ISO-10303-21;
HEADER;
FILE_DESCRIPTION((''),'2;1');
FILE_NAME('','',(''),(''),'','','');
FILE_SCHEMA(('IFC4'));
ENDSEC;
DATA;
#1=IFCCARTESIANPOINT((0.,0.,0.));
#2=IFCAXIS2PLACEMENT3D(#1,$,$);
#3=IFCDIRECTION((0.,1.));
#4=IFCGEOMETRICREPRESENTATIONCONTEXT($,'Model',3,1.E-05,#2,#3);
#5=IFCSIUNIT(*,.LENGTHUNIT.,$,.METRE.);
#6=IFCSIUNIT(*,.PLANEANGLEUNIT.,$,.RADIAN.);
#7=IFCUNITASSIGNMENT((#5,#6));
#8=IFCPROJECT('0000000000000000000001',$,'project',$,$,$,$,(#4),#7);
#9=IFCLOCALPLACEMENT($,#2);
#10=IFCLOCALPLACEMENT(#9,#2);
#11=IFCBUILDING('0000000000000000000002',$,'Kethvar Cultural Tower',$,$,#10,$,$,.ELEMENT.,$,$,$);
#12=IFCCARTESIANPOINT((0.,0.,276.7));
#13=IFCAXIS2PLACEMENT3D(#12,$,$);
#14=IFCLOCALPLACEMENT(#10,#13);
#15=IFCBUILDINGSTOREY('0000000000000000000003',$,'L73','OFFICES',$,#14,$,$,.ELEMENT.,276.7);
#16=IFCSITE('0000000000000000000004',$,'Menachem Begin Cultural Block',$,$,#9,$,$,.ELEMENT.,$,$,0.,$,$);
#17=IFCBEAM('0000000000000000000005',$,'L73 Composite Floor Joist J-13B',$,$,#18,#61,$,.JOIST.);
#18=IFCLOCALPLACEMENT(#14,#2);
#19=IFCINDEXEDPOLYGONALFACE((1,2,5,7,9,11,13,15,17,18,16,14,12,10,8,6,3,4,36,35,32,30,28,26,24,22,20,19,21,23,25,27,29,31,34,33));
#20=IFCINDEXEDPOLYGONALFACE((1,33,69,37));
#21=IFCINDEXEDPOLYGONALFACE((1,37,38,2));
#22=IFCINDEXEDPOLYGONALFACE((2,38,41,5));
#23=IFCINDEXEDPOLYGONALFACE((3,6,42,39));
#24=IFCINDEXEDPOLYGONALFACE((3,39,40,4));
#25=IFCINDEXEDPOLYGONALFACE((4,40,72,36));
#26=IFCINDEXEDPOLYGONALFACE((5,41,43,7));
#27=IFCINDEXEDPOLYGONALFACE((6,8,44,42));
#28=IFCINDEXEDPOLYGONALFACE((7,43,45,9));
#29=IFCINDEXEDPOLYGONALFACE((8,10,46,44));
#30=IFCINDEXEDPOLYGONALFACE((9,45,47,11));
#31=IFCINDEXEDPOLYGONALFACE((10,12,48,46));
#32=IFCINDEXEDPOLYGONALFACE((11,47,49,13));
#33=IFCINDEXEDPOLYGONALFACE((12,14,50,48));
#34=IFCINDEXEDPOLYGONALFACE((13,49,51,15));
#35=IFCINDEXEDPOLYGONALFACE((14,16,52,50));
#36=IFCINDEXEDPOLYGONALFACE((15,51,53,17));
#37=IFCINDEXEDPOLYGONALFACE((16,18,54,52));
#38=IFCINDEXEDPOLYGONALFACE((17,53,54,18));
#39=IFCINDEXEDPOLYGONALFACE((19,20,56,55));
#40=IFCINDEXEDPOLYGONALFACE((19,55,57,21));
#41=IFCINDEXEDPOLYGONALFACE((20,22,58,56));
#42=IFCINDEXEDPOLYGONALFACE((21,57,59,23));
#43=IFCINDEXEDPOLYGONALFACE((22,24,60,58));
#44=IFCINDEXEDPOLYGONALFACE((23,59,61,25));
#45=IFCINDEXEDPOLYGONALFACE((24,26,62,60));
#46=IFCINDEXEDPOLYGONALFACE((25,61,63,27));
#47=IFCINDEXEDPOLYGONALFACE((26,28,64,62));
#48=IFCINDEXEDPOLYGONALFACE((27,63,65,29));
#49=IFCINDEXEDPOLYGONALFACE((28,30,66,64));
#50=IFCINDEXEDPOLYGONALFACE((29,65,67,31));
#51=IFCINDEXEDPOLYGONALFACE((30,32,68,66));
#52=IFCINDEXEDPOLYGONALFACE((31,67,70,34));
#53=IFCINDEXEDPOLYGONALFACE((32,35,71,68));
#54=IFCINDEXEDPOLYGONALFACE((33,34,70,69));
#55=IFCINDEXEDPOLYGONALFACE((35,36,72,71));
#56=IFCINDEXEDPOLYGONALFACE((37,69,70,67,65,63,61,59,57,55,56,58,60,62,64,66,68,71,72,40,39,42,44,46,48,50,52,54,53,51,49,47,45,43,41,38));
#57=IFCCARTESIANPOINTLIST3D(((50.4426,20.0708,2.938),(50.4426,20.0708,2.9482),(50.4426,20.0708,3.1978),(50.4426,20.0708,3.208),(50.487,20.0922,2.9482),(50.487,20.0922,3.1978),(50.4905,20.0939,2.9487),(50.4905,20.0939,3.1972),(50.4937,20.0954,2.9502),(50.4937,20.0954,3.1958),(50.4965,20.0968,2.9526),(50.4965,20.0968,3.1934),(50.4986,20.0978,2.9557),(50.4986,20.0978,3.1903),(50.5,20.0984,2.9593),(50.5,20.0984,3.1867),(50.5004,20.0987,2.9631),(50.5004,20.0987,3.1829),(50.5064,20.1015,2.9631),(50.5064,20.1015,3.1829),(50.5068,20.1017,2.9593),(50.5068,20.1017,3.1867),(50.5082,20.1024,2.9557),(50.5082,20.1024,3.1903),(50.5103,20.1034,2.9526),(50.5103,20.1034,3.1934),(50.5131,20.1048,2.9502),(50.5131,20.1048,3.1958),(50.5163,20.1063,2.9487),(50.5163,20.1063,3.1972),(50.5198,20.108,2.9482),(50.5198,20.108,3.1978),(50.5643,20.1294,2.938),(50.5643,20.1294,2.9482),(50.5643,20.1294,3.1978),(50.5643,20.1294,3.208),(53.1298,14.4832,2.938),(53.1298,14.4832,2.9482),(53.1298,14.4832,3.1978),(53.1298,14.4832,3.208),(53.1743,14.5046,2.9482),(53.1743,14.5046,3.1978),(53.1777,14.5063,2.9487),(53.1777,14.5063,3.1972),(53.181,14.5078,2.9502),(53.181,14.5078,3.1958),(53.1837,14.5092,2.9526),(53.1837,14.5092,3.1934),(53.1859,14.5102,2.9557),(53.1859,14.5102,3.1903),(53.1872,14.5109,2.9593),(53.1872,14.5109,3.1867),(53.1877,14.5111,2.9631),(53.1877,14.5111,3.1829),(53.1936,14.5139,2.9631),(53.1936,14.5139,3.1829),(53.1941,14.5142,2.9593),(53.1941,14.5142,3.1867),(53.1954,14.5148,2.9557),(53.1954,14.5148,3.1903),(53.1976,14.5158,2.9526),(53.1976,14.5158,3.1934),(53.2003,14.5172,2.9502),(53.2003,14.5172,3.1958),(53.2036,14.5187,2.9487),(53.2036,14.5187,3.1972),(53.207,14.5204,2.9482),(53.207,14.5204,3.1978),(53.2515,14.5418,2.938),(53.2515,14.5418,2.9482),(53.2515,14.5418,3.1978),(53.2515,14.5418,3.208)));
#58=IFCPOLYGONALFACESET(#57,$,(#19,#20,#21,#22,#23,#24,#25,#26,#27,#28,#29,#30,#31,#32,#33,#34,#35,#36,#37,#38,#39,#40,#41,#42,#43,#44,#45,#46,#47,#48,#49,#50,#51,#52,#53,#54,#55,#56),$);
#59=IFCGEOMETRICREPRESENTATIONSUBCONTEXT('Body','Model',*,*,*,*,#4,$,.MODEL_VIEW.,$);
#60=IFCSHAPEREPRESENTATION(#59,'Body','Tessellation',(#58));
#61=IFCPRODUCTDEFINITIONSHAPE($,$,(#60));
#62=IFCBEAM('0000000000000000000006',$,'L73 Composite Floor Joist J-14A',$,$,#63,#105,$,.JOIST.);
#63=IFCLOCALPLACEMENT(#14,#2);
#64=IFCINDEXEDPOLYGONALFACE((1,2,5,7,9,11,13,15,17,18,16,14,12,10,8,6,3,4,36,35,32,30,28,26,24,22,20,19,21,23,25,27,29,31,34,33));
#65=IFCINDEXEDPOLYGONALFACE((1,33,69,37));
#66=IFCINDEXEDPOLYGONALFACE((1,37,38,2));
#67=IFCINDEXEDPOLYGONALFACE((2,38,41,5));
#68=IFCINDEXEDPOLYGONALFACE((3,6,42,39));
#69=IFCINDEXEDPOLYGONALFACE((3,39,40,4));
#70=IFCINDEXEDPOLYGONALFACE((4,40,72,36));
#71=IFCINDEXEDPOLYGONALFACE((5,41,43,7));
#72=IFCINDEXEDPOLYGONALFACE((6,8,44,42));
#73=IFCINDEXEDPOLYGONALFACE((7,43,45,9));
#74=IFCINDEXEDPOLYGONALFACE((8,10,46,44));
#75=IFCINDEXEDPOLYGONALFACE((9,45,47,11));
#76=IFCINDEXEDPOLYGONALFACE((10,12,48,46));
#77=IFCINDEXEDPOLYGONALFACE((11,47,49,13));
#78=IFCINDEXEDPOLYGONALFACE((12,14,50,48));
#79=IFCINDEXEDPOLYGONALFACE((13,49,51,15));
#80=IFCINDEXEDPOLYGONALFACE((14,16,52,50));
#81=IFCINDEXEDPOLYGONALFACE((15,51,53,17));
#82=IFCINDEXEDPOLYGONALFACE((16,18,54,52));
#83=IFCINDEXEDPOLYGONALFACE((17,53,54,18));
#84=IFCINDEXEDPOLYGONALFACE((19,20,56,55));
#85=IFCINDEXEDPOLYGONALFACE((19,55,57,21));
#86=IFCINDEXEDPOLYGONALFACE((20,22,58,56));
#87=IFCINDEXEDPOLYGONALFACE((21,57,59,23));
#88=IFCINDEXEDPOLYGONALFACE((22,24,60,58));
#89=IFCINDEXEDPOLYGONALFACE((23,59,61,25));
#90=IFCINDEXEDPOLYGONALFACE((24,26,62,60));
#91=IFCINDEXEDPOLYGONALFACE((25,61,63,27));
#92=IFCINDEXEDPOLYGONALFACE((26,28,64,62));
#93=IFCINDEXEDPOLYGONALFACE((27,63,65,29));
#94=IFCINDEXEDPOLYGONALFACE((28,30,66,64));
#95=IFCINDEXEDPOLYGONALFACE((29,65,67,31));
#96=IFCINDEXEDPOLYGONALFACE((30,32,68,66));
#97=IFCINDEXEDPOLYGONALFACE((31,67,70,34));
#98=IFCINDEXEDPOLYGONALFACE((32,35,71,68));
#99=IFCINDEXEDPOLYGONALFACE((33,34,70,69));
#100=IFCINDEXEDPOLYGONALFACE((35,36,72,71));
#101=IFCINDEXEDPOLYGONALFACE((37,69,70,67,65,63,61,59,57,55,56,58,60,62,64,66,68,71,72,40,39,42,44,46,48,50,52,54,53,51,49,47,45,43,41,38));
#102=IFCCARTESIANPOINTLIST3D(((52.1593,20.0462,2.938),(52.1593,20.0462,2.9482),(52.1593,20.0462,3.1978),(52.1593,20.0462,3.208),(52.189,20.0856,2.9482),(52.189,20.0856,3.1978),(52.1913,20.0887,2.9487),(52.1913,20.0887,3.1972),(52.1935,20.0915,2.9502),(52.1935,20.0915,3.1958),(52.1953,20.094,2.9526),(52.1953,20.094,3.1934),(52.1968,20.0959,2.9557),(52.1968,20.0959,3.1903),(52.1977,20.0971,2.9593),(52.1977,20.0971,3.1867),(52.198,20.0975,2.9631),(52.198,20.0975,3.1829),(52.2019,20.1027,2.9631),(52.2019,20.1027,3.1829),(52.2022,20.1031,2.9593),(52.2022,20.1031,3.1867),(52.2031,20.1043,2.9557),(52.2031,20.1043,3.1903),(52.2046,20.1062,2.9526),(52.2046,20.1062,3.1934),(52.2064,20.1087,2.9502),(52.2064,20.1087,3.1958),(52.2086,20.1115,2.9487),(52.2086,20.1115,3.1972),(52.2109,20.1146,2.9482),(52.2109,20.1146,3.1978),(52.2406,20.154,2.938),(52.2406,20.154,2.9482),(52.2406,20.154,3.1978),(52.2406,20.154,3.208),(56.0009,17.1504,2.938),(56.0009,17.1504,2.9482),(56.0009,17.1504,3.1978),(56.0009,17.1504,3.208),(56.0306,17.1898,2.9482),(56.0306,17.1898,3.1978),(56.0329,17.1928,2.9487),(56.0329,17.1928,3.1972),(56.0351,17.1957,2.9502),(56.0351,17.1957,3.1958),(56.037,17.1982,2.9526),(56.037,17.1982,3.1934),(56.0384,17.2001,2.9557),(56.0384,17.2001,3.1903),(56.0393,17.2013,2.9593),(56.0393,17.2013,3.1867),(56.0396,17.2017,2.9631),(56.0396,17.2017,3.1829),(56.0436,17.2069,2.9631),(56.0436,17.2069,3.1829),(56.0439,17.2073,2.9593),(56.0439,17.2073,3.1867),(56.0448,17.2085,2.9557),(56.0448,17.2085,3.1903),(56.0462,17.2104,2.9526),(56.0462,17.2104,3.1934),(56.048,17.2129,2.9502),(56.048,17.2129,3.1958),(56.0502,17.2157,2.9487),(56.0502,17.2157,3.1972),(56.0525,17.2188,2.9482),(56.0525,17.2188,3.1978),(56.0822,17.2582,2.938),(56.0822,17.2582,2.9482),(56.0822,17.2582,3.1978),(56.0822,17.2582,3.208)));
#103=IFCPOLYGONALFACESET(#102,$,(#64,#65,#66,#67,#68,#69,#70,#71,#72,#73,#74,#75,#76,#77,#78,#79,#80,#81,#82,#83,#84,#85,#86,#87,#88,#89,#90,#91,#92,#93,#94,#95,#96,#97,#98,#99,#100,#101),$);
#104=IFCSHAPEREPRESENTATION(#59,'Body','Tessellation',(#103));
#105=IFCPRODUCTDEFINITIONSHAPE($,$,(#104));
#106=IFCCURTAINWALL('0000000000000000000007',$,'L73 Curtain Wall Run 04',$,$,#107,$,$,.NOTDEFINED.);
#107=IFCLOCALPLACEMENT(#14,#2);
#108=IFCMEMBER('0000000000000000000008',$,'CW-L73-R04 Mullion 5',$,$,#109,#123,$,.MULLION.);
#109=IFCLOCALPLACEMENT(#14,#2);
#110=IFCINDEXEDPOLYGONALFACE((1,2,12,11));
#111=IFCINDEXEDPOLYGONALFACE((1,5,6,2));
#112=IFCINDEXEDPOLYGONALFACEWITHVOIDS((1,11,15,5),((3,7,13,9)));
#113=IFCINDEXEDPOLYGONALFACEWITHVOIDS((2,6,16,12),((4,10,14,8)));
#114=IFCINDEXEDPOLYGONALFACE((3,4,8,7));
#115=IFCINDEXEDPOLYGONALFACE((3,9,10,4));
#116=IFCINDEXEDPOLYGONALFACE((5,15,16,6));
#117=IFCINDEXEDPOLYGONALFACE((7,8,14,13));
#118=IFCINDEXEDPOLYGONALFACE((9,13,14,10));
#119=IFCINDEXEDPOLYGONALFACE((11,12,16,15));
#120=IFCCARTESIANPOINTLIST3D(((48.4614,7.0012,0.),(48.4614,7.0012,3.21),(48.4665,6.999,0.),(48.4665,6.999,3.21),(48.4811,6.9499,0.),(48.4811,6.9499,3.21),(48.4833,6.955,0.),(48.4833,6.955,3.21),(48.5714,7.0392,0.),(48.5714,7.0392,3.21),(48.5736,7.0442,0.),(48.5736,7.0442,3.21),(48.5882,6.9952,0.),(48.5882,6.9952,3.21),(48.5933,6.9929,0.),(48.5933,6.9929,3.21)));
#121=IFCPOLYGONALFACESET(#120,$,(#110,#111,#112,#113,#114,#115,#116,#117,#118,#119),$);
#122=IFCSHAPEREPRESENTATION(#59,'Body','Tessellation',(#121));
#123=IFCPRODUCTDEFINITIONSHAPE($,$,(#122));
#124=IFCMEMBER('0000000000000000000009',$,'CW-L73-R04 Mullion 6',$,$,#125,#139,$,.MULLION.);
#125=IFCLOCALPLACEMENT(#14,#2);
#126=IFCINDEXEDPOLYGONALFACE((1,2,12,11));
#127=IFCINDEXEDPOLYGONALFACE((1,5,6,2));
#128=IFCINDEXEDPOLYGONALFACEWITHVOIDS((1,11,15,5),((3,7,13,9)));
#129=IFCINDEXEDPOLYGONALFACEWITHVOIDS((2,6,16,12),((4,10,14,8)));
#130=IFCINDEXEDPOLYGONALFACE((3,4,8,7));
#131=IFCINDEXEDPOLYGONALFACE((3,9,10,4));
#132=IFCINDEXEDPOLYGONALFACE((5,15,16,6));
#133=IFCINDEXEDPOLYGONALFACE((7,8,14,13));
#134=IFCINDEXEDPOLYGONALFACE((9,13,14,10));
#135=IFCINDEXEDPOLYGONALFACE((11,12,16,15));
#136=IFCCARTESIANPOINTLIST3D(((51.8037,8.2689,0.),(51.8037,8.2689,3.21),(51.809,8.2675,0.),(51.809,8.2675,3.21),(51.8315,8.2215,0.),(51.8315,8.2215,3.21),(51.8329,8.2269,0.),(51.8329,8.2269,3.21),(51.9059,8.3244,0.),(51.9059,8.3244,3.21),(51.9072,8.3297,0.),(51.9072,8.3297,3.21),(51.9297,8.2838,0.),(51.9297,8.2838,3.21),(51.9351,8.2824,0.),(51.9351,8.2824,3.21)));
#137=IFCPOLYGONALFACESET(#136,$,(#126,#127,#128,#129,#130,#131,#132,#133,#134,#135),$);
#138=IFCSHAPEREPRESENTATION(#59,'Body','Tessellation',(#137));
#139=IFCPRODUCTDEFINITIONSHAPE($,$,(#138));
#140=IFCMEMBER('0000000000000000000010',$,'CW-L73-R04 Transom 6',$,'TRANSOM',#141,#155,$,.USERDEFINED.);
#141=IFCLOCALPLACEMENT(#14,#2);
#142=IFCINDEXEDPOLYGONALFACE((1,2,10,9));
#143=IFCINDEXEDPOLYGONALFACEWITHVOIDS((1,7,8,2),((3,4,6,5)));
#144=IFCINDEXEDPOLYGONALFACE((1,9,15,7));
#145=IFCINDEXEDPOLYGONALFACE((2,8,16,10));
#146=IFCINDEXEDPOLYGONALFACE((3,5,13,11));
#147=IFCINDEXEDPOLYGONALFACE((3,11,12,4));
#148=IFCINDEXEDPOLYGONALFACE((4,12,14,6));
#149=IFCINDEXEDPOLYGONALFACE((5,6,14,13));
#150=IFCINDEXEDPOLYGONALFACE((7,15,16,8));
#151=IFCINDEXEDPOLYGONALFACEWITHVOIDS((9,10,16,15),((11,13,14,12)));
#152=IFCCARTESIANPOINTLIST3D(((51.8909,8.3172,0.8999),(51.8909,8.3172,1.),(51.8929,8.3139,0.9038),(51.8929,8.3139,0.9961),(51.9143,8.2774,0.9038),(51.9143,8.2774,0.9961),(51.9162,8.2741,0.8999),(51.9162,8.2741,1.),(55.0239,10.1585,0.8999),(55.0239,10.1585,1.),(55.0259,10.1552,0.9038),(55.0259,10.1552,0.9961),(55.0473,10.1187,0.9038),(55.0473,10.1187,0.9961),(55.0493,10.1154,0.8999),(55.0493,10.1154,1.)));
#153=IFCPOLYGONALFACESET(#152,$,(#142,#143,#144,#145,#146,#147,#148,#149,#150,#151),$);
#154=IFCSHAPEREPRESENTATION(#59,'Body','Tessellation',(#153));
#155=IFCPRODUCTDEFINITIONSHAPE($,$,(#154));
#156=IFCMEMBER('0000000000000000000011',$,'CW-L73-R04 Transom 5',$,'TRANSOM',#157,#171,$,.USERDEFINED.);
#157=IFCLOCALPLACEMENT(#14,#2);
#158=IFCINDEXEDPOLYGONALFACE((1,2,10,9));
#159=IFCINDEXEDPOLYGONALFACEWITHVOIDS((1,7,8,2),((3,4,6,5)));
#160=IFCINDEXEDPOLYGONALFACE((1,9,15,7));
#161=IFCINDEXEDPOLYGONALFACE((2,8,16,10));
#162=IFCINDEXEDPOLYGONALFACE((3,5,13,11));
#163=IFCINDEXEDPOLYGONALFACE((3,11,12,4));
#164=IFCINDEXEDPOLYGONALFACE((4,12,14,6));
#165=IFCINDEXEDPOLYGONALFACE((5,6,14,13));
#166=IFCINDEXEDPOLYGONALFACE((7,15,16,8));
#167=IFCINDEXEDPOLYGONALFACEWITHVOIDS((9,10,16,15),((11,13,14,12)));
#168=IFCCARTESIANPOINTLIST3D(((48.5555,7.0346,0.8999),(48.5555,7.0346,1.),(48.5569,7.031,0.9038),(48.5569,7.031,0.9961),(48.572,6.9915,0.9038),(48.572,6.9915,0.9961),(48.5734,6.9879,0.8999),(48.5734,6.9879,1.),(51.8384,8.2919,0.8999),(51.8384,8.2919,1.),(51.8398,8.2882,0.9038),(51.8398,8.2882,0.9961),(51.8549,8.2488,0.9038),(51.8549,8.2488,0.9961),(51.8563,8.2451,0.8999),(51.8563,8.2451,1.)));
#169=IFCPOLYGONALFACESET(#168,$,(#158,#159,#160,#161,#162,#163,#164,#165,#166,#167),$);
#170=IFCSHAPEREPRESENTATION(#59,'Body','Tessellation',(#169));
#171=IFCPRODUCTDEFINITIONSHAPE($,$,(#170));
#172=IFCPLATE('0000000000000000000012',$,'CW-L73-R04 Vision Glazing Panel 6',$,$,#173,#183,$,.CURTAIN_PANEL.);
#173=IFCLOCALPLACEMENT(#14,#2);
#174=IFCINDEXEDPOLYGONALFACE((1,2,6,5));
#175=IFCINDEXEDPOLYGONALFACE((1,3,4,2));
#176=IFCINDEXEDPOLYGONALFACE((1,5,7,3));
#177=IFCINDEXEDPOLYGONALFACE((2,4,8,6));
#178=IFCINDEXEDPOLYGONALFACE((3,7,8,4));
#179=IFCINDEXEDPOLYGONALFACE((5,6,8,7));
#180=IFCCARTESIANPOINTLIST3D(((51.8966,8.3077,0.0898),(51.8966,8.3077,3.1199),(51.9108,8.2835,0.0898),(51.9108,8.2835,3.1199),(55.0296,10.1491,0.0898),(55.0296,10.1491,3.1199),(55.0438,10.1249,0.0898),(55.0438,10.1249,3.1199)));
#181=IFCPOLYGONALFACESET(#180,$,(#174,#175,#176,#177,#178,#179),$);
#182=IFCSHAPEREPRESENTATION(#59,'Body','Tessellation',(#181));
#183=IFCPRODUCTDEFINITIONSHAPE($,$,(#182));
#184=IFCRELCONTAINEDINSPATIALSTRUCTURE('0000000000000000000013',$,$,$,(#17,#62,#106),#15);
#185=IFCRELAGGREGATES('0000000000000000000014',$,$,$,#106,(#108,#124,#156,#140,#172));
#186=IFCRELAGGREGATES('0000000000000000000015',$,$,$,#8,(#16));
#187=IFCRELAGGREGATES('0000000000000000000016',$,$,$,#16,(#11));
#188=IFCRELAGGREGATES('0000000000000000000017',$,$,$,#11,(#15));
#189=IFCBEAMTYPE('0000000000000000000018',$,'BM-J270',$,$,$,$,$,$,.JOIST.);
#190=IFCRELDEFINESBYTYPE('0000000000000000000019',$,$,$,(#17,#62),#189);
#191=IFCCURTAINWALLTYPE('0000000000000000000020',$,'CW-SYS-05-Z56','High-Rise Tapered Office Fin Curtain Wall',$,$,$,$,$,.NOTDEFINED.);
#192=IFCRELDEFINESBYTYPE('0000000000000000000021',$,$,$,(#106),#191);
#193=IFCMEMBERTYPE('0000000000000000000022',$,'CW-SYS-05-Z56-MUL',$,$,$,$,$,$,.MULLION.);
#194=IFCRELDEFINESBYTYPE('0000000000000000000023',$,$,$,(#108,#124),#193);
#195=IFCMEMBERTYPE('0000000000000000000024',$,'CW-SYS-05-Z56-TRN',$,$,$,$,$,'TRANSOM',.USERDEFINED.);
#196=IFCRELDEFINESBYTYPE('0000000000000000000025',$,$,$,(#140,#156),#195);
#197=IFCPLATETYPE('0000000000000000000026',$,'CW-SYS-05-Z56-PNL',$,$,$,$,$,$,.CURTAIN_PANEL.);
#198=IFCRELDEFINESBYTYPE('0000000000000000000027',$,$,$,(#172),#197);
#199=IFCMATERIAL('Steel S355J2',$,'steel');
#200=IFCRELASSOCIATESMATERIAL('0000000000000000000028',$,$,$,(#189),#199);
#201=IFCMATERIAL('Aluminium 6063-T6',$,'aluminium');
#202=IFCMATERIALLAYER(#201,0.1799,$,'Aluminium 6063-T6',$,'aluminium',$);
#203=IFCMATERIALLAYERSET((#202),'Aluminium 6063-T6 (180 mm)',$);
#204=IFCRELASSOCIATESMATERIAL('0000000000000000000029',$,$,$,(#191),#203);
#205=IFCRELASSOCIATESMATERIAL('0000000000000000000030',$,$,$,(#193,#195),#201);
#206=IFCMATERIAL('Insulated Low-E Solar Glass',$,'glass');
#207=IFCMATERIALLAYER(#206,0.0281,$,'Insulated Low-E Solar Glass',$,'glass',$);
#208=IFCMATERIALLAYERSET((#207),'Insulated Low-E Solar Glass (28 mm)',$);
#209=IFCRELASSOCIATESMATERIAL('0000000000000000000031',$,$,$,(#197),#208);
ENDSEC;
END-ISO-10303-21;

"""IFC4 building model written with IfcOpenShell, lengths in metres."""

from ifc_helpers import new_model, si_unit, direction, frame, origin, origin_2d, place, context, subcontext, project, spatial, rectangle, hollow_rectangle, i_section, extrude, source, transform, mapped, material, layer, layer_set, material_profile, profile_set, type_object, element, aggregate, save


model = new_model("IFC4")

# Units and contexts
model_context = context("Model", 3, precision=1e-05, world=origin(), true_north=direction((0.0, 1.0)))
body_context = subcontext(model_context, "Body", "Model", "MODEL_VIEW")
ifc_project = project(units=[si_unit("LENGTHUNIT", "METRE"), si_unit("PLANEANGLEUNIT", "RADIAN")], contexts=[model_context])

# Site, building, storey
site_placement = place(None, origin())
site = spatial("IfcSite", under=ifc_project, at=site_placement, Name="Menachem Begin Cultural Block", CompositionType="ELEMENT", RefElevation=0.0)
building_placement = place(site_placement, origin())
building = spatial("IfcBuilding", under=site, at=building_placement, Name="Kethvar Cultural Tower", CompositionType="ELEMENT")
storey_placement = place(building_placement, frame((0.0, 0.0, 276.7)))
storey = spatial("IfcBuildingStorey", under=building, at=storey_placement, Name="L73", Description="OFFICES", CompositionType="ELEMENT", Elevation=276.7)

# Shared definitions
ifc_material_1 = material(Name="Steel S355J2", Category="steel")

# Beams
ifc_material_profile_1 = material_profile(ifc_material_1, i_section(OverallWidth=0.135, OverallDepth=0.27, WebThickness=0.0066, FlangeThickness=0.0103, FilletRadius=0.0149, at=origin_2d()), Name="Steel S355J2 — IPE270")
ifc_profile_set_1 = profile_set([ifc_material_profile_1], Name="Steel S355J2 — IPE270")
beam_type_1 = type_object("IfcBeamType", Name="BM-J270", PredefinedType="JOIST", material=ifc_profile_set_1)
shared_shape_1 = source(origin(), body_context, "Body", "SweptSolid", [
    extrude(i_section(OverallWidth=0.135, OverallDepth=0.27, WebThickness=0.0066, FlangeThickness=0.0103, FilletRadius=0.0149, at=origin_2d()), origin(), (0.0, 0.0, 1.0), 6.2002),
])
beam_1_placement = place(storey_placement, frame((50.5034, 20.1001, 3.073), z_axis=(0.433411, -0.901197, 0.0), x_axis=(0.901197, 0.433411, 0.0)))
element("IfcBeam", 1, at=beam_1_placement, inside=storey, type_object=beam_type_1, Name="L73 Composite Floor Joist J-13B", PredefinedType="JOIST", context=body_context, shape_type="MappedRepresentation", body=[
    mapped(shared_shape_1, transform((0.0, 0.0, 0.0), scale=1.0)),
])
shared_shape_2 = source(origin(), body_context, "Body", "SweptSolid", [
    extrude(i_section(OverallWidth=0.135, OverallDepth=0.27, WebThickness=0.0066, FlangeThickness=0.0103, FilletRadius=0.0149, at=origin_2d()), origin(), (0.0, 0.0, 1.0), 4.8108),
])
beam_2_placement = place(storey_placement, frame((52.2, 20.1001, 3.073), z_axis=(0.798542, -0.601939, 0.0), x_axis=(0.601939, 0.798542, 0.0)))
element("IfcBeam", 2, at=beam_2_placement, inside=storey, type_object=beam_type_1, Name="L73 Composite Floor Joist J-14A", PredefinedType="JOIST", context=body_context, shape_type="MappedRepresentation", body=[
    mapped(shared_shape_2, transform((0.0, 0.0, 0.0), scale=1.0)),
])

# Curtain wall, members, plate
ifc_material_2 = material(Name="Aluminium 6063-T6", Category="aluminium")
ifc_layer_1 = layer(ifc_material_2, 0.1799, Name="Aluminium 6063-T6", Category="aluminium")
ifc_layer_set_1 = layer_set([ifc_layer_1], Name="Aluminium 6063-T6 (180 mm)")
curtain_wall_type = type_object("IfcCurtainWallType", Name="CW-SYS-05-Z56", Description="High-Rise Tapered Office Fin Curtain Wall", PredefinedType="NOTDEFINED", material=ifc_layer_set_1)
curtain_wall_placement = place(storey_placement, origin())
curtain_wall = element("IfcCurtainWall", 3, at=curtain_wall_placement, inside=storey, type_object=curtain_wall_type, Name="L73 Curtain Wall Run 04", PredefinedType="NOTDEFINED")
ifc_material_profile_2 = material_profile(ifc_material_2, hollow_rectangle(XDim=0.0549, YDim=0.1201, WallThickness=0.0039, at=origin_2d()), Name="Aluminium 6063-T6 — RHS120x55x4")
ifc_profile_set_2 = profile_set([ifc_material_profile_2], Name="Aluminium 6063-T6 — RHS120x55x4")
member_type_1 = type_object("IfcMemberType", Name="CW-SYS-05-Z56-MUL", PredefinedType="MULLION", material=ifc_profile_set_2)
shared_shape_3 = source(origin(), body_context, "Body", "SweptSolid", [
    extrude(hollow_rectangle(XDim=0.0549, YDim=0.1201, WallThickness=0.0039, at=origin_2d()), origin(), (0.0, 0.0, 1.0), 3.21),
])
member_1_placement = place(storey_placement, frame((48.5273, 6.9971, 0.0), z_axis=(0.0, 0.0, 1.0), x_axis=(-0.357667, 0.933849, 0.0)))
member_1 = element("IfcMember", 4, at=member_1_placement, type_object=member_type_1, Name="CW-L73-R04 Mullion 5", PredefinedType="MULLION", context=body_context, shape_type="MappedRepresentation", body=[
    mapped(shared_shape_3, transform((0.0, 0.0, 0.0), scale=1.0)),
])
member_2_placement = place(storey_placement, frame((51.8694, 8.2756, 0.0), z_axis=(0.0, 0.0, 1.0), x_axis=(-0.506696, 0.862125, 0.0)))
member_2 = element("IfcMember", 5, at=member_2_placement, type_object=member_type_1, Name="CW-L73-R04 Mullion 6", PredefinedType="MULLION", context=body_context, shape_type="MappedRepresentation", body=[
    mapped(shared_shape_3, transform((0.0, 0.0, 0.0), scale=1.0)),
])
ifc_material_profile_3 = material_profile(ifc_material_2, hollow_rectangle(XDim=0.05, YDim=0.1001, WallThickness=0.0039, at=origin_2d()), Name="Aluminium 6063-T6 — RHS100x50x4")
ifc_profile_set_3 = profile_set([ifc_material_profile_3], Name="Aluminium 6063-T6 — RHS100x50x4")
member_type_2 = type_object("IfcMemberType", Name="CW-SYS-05-Z56-TRN", ElementType="TRANSOM", PredefinedType="USERDEFINED", material=ifc_profile_set_3)
shared_shape_4 = source(origin(), body_context, "Body", "SweptSolid", [
    extrude(hollow_rectangle(XDim=0.05, YDim=0.1001, WallThickness=0.0039, at=origin_2d()), origin(), (0.0, 0.0, 1.0), 3.634),
])
member_3_placement = place(storey_placement, frame((51.9036, 8.2957, 0.95), z_axis=(0.862134, 0.50668, 0.0), x_axis=(-0.50668, 0.862134, 0.0)))
member_3 = element("IfcMember", 6, at=member_3_placement, type_object=member_type_2, Name="CW-L73-R04 Transom 6", ObjectType="TRANSOM", PredefinedType="USERDEFINED", context=body_context, shape_type="MappedRepresentation", body=[
    mapped(shared_shape_4, transform((0.0, 0.0, 0.0), scale=1.0)),
])
shared_shape_5 = source(origin(), body_context, "Body", "SweptSolid", [
    extrude(hollow_rectangle(XDim=0.05, YDim=0.1001, WallThickness=0.0039, at=origin_2d()), origin(), (0.0, 0.0, 1.0), 3.5154),
])
member_4_placement = place(storey_placement, frame((48.5645, 7.0112, 0.95), z_axis=(0.933855, 0.357652, 0.0), x_axis=(-0.357652, 0.933855, 0.0)))
member_4 = element("IfcMember", 7, at=member_4_placement, type_object=member_type_2, Name="CW-L73-R04 Transom 5", ObjectType="TRANSOM", PredefinedType="USERDEFINED", context=body_context, shape_type="MappedRepresentation", body=[
    mapped(shared_shape_5, transform((0.0, 0.0, 0.0), scale=1.0)),
])
ifc_material_3 = material(Name="Insulated Low-E Solar Glass", Category="glass")
ifc_layer_2 = layer(ifc_material_3, 0.0281, Name="Insulated Low-E Solar Glass", Category="glass")
ifc_layer_set_2 = layer_set([ifc_layer_2], Name="Insulated Low-E Solar Glass (28 mm)")
plate_type = type_object("IfcPlateType", Name="CW-SYS-05-Z56-PNL", PredefinedType="CURTAIN_PANEL", material=ifc_layer_set_2)
shared_shape_6 = source(origin(), body_context, "Body", "SweptSolid", [
    extrude(rectangle(XDim=3.634, YDim=0.0281, at=origin_2d()), origin(), (0.0, 0.0, 1.0), 3.03),
])
plate_1_placement = place(storey_placement, frame((53.4702, 9.2163, 0.0898), z_axis=(0.0, 0.0, 1.0), x_axis=(0.862125, 0.506696, 0.0)))
plate_1 = element("IfcPlate", 8, at=plate_1_placement, type_object=plate_type, Name="CW-L73-R04 Vision Glazing Panel 6", PredefinedType="CURTAIN_PANEL", context=body_context, shape_type="MappedRepresentation", body=[
    mapped(shared_shape_6, transform((0.0, 0.0, 0.0), scale=1.0)),
])
aggregate(curtain_wall, [member_1, member_2, member_4, member_3, plate_1])

save(model, "model.ifc")
